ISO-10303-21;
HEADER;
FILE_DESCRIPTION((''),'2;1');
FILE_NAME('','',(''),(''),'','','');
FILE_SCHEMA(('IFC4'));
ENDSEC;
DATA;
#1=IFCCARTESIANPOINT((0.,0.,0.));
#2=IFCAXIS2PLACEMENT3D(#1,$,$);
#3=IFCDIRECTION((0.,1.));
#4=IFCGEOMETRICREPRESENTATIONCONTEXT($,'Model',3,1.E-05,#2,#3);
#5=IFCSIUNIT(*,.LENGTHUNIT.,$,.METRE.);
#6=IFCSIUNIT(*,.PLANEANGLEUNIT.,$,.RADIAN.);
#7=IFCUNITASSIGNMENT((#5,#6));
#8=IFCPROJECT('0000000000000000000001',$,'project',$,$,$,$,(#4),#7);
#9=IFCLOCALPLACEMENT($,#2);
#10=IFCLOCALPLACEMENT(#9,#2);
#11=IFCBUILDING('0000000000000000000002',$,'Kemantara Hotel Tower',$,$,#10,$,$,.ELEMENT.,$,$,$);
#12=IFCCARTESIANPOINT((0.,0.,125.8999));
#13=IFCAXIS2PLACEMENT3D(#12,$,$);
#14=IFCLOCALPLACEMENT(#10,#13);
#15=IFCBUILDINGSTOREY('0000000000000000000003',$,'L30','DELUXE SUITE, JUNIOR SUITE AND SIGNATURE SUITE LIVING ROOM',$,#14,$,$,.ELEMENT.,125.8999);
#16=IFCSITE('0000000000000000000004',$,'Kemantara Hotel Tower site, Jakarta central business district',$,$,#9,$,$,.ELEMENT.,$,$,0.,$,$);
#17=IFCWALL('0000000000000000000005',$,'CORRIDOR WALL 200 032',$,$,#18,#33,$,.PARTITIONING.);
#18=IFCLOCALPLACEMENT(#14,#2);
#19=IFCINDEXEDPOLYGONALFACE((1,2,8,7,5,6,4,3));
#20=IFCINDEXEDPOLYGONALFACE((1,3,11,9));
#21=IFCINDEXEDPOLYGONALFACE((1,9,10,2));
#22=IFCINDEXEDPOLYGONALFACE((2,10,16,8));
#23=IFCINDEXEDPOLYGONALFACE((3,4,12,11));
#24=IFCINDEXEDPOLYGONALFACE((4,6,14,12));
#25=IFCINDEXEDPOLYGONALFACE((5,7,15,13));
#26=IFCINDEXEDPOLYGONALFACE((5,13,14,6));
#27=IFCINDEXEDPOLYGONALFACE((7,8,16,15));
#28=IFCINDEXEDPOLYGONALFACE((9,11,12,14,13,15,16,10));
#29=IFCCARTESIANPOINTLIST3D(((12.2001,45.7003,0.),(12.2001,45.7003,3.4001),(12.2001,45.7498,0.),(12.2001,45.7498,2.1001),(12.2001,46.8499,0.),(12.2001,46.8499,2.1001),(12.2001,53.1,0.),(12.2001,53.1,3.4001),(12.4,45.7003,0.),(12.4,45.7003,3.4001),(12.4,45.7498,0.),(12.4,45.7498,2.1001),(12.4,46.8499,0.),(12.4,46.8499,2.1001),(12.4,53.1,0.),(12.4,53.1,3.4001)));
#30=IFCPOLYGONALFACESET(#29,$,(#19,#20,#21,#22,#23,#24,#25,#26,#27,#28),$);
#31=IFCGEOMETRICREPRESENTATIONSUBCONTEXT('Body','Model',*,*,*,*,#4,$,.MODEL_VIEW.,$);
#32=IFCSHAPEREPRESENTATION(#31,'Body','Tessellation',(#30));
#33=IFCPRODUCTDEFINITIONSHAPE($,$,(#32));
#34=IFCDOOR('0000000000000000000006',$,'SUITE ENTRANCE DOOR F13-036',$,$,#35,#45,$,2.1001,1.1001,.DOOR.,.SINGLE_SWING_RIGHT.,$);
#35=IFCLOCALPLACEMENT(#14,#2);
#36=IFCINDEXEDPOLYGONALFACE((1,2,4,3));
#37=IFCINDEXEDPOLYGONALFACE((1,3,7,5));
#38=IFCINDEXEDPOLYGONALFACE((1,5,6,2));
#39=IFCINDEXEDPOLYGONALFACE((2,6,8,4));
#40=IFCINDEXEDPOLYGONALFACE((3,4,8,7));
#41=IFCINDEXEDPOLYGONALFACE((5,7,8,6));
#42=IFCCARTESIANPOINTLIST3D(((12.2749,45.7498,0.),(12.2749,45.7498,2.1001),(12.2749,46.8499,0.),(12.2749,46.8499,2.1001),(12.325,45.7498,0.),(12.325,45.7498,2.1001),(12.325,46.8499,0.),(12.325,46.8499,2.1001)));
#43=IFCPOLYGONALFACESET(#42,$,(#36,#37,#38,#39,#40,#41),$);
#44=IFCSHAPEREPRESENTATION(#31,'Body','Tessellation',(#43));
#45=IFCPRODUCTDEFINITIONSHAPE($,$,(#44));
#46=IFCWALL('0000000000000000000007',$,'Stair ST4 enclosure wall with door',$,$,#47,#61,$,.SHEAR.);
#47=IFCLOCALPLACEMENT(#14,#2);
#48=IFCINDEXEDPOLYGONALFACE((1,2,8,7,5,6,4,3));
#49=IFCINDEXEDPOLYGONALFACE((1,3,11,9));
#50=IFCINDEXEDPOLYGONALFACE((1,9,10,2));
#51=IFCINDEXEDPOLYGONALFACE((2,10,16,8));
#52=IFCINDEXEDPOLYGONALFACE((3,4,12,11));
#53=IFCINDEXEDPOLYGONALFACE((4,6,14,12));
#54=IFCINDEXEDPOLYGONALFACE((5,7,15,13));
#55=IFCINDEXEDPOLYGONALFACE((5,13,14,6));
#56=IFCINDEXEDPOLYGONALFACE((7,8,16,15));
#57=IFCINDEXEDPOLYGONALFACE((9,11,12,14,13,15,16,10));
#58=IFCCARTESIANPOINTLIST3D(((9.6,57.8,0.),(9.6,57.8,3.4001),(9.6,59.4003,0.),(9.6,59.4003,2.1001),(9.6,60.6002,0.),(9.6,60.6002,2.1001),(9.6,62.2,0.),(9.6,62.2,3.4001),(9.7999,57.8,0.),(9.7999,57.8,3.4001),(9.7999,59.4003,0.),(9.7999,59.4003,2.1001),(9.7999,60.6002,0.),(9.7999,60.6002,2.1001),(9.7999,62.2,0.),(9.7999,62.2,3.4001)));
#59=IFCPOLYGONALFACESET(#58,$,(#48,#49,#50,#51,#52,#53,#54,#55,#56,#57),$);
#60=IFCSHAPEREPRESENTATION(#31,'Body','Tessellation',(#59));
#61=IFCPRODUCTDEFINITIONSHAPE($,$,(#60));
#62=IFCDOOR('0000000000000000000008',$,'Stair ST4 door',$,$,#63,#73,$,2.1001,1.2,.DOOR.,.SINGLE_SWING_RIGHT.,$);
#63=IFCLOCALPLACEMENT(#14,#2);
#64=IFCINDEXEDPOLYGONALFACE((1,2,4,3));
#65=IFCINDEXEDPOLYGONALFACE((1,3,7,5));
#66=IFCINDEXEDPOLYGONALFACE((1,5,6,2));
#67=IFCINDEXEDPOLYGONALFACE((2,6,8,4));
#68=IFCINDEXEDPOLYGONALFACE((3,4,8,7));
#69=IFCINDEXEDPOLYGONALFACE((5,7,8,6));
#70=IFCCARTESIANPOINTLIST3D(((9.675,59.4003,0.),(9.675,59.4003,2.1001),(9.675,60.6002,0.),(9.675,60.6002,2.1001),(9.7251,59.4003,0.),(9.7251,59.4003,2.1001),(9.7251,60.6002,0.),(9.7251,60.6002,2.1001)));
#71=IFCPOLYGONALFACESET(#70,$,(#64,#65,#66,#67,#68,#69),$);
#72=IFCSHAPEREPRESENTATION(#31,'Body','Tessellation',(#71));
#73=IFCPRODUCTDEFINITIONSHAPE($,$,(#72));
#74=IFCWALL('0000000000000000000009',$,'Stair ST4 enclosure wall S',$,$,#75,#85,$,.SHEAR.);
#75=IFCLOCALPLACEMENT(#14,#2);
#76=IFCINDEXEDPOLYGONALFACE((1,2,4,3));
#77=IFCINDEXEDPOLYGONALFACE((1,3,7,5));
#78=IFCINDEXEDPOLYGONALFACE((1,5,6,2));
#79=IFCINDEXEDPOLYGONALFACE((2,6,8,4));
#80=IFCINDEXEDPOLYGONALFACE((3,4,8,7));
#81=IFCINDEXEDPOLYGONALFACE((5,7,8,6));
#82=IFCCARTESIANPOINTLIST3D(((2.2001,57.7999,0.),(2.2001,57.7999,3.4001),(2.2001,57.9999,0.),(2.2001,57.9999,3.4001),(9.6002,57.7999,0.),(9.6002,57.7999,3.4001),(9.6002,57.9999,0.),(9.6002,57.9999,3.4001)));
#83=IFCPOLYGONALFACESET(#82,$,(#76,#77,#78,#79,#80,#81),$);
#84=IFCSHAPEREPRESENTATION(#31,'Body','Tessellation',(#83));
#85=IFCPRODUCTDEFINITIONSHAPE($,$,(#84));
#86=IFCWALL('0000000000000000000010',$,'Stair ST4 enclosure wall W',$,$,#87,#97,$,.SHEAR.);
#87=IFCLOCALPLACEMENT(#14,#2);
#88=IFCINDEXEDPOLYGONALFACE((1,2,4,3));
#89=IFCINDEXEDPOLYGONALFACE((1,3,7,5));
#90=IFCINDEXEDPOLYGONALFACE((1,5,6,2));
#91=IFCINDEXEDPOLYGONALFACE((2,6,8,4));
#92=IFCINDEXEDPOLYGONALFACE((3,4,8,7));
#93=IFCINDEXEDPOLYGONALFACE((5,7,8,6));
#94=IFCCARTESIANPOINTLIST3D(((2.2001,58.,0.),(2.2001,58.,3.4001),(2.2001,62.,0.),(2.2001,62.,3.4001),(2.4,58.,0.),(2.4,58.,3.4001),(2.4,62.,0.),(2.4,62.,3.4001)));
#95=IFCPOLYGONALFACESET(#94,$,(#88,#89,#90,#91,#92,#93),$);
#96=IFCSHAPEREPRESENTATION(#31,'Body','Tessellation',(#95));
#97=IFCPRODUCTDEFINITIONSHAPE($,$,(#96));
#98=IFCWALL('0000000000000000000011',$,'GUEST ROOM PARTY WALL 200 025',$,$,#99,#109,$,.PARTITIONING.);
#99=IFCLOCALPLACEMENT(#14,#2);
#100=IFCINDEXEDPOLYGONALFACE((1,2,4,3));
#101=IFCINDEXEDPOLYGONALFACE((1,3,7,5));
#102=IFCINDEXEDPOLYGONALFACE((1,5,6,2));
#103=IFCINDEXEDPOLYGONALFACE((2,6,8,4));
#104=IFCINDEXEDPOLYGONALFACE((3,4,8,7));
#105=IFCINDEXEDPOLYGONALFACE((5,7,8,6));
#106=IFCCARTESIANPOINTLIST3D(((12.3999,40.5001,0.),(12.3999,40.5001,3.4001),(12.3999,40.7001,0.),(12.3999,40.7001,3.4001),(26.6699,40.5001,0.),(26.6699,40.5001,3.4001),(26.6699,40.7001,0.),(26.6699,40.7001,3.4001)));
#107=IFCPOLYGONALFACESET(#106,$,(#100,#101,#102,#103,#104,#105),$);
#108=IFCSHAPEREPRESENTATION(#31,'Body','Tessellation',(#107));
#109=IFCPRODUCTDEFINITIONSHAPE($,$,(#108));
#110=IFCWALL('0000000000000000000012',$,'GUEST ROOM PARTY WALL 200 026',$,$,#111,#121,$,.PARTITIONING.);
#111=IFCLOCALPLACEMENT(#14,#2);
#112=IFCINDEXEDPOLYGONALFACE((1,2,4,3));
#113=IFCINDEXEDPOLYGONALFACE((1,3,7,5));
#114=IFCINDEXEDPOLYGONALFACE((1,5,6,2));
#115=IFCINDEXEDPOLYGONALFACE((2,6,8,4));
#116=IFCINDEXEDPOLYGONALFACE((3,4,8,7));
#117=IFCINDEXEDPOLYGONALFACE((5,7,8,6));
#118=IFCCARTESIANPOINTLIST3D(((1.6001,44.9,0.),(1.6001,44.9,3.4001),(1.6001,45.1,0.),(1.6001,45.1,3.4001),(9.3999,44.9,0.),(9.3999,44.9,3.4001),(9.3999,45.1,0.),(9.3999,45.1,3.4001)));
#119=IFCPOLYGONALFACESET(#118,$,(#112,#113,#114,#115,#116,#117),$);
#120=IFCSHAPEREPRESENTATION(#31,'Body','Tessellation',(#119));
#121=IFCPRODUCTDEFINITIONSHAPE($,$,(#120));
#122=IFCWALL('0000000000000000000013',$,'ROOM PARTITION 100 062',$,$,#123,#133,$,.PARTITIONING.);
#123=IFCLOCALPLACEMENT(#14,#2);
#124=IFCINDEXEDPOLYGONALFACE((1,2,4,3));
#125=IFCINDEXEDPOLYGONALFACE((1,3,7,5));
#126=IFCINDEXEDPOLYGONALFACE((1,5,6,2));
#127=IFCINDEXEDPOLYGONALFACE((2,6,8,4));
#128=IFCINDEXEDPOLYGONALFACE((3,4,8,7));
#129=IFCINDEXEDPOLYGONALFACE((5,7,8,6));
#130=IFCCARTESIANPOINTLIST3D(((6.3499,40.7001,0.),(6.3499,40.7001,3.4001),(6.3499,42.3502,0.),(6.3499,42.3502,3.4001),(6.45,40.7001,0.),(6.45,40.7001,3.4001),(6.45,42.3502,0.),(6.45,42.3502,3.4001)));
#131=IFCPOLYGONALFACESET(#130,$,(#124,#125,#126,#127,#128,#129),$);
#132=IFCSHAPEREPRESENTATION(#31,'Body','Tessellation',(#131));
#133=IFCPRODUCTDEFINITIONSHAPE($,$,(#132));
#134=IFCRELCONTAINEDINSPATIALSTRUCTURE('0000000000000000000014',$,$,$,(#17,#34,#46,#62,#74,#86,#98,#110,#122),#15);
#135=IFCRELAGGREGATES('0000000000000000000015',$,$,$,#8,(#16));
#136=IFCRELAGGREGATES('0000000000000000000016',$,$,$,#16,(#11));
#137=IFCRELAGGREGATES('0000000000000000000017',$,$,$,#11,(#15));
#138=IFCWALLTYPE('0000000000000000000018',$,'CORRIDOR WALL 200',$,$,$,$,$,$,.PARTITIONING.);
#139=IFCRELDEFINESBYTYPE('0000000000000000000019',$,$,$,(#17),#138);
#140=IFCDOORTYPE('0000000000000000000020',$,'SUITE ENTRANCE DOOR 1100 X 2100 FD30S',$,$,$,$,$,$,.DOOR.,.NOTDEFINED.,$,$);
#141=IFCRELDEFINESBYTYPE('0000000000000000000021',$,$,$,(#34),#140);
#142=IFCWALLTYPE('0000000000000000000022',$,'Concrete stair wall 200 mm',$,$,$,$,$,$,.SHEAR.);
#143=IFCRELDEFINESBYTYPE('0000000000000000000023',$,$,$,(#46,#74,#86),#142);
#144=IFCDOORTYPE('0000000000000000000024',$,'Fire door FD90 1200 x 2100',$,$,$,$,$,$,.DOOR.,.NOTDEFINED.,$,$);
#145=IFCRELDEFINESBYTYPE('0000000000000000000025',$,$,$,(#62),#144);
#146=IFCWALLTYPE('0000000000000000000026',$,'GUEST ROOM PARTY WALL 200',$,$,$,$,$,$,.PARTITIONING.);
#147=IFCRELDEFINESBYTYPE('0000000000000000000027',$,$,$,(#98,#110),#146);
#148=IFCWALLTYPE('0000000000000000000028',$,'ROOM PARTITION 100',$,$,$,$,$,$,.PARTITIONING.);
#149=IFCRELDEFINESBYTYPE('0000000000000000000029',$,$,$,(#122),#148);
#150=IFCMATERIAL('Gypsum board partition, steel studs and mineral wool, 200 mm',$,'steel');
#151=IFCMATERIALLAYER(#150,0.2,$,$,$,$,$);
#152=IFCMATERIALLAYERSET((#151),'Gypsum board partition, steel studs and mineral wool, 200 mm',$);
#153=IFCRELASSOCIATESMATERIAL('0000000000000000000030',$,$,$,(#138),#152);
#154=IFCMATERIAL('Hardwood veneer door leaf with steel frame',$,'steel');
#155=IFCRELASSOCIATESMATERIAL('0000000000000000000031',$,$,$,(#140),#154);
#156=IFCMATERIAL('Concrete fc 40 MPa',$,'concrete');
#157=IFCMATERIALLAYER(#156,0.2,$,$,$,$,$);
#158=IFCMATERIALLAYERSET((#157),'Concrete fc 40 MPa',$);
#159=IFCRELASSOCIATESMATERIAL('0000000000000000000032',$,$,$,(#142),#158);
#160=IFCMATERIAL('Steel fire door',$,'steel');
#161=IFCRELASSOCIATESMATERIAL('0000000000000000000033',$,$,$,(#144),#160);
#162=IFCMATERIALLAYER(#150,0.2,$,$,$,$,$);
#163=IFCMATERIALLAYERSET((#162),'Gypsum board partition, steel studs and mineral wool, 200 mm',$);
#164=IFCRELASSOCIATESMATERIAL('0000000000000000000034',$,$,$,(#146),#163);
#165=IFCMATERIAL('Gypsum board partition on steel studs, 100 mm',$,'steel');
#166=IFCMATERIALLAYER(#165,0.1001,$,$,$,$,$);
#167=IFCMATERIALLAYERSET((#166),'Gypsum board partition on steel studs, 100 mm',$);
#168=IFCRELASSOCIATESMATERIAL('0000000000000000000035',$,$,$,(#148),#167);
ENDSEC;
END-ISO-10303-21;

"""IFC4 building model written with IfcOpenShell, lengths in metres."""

from ifc_helpers import new_model, si_unit, direction, frame, frame_2d, origin, place, context, subcontext, project, spatial, rectangle, extrude, material, layer, layer_set, type_object, element, fill, save


model = new_model("IFC4")

# Units and contexts
model_context = context("Model", 3, precision=1e-05, world=origin(), true_north=direction((0.0, 1.0)))
body_context = subcontext(model_context, "Body", "Model", "MODEL_VIEW")
ifc_project = project(units=[si_unit("LENGTHUNIT", "METRE"), si_unit("PLANEANGLEUNIT", "RADIAN")], contexts=[model_context])

# Site, building, storey
site_placement = place(None, origin())
site = spatial("IfcSite", under=ifc_project, at=site_placement, Name="Kemantara Hotel Tower site, Jakarta central business district", CompositionType="ELEMENT", RefElevation=0.0)
building_placement = place(site_placement, origin())
building = spatial("IfcBuilding", under=site, at=building_placement, Name="Kemantara Hotel Tower", CompositionType="ELEMENT")
storey_placement = place(building_placement, frame((0.0, 0.0, 125.8999)))
storey = spatial("IfcBuildingStorey", under=building, at=storey_placement, Name="L30", Description="DELUXE SUITE, JUNIOR SUITE AND SIGNATURE SUITE LIVING ROOM", CompositionType="ELEMENT", Elevation=125.8999)

# Shared definitions
ifc_material_1 = material(Name="Gypsum board partition, steel studs and mineral wool, 200 mm", Category="steel")
ifc_layer_1 = layer(ifc_material_1, 0.2)
ifc_layer_set_1 = layer_set([ifc_layer_1], Name="Gypsum board partition, steel studs and mineral wool, 200 mm")
wall_type_1 = type_object("IfcWallType", Name="CORRIDOR WALL 200", PredefinedType="PARTITIONING", material=ifc_layer_set_1)

# Shared definitions
ifc_material_2 = material(Name="Hardwood veneer door leaf with steel frame", Category="steel")
door_type_1 = type_object("IfcDoorType", Name="SUITE ENTRANCE DOOR 1100 X 2100 FD30S", OperationType="NOTDEFINED", PredefinedType="DOOR", material=ifc_material_2)

# Walls, openings, doors
wall_1_placement = place(storey_placement, frame((12.3, 53.0999, 0.0), z_axis=(0.0, 0.0, 1.0), x_axis=(0.0, -1.0, 0.0)))
wall_1 = element("IfcWall", 1, at=wall_1_placement, inside=storey, type_object=wall_type_1, Name="CORRIDOR WALL 200 032", PredefinedType="PARTITIONING", context=body_context, shape_type="SweptSolid", body=[
    extrude(rectangle(XDim=7.3997, YDim=0.2, at=frame_2d((3.6997, 0.0))), origin(), (0.0, 0.0, 1.0), 3.4001),
])
opening_1_placement = place(wall_1_placement, frame((6.25, 0.0, 0.0)))
opening_1 = element("IfcOpeningElement", 2, at=opening_1_placement, cuts=wall_1, PredefinedType="OPENING", context=body_context, shape_type="SweptSolid", body=[
    extrude(rectangle(XDim=1.1001, YDim=2.1001, at=frame_2d((0.55, 1.05))), frame((0.0, 0.1099, 0.0), z_axis=(0.0, -1.0, 0.0), x_axis=(1.0, 0.0, 0.0)), (0.0, 0.0, 1.0), 0.22),
])
door_1_placement = place(opening_1_placement, origin())
door_1 = element("IfcDoor", 3, at=door_1_placement, inside=storey, type_object=door_type_1, Name="SUITE ENTRANCE DOOR F13-036", OperationType="SINGLE_SWING_RIGHT", OverallHeight=2.1001, OverallWidth=1.1001, PredefinedType="DOOR", context=body_context, shape_type="SweptSolid", body=[
    extrude(rectangle(XDim=1.1001, YDim=2.1001, at=frame_2d((0.55, 1.05))), frame((0.0, 0.0249, 0.0), z_axis=(0.0, -1.0, 0.0), x_axis=(1.0, 0.0, 0.0)), (0.0, 0.0, 1.0), 0.05),
])
fill(opening_1, door_1)
ifc_material_3 = material(Name="Concrete fc 40 MPa", Category="concrete")
ifc_layer_2 = layer(ifc_material_3, 0.2)
ifc_layer_set_2 = layer_set([ifc_layer_2], Name="Concrete fc 40 MPa")
wall_type_2 = type_object("IfcWallType", Name="Concrete stair wall 200 mm", PredefinedType="SHEAR", material=ifc_layer_set_2)
wall_2_placement = place(storey_placement, frame((9.7, 57.8, 0.0), z_axis=(0.0, 0.0, 1.0), x_axis=(0.0, 1.0, 0.0)))
wall_2 = element("IfcWall", 4, at=wall_2_placement, inside=storey, type_object=wall_type_2, Name="Stair ST4 enclosure wall with door", PredefinedType="SHEAR", context=body_context, shape_type="SweptSolid", body=[
    extrude(rectangle(XDim=4.3999, YDim=0.2, at=frame_2d((2.2, 0.0))), origin(), (0.0, 0.0, 1.0), 3.4001),
])
opening_2_placement = place(wall_2_placement, frame((1.6001, 0.0, 0.0)))
opening_2 = element("IfcOpeningElement", 5, at=opening_2_placement, cuts=wall_2, PredefinedType="OPENING", context=body_context, shape_type="SweptSolid", body=[
    extrude(rectangle(XDim=1.2, YDim=2.1001, at=frame_2d((0.6001, 1.05))), frame((0.0, 0.1099, 0.0), z_axis=(0.0, -1.0, 0.0), x_axis=(1.0, 0.0, 0.0)), (0.0, 0.0, 1.0), 0.22),
])
ifc_material_4 = material(Name="Steel fire door", Category="steel")
door_type_2 = type_object("IfcDoorType", Name="Fire door FD90 1200 x 2100", OperationType="NOTDEFINED", PredefinedType="DOOR", material=ifc_material_4)
door_2_placement = place(opening_2_placement, origin())
door_2 = element("IfcDoor", 6, at=door_2_placement, inside=storey, type_object=door_type_2, Name="Stair ST4 door", OperationType="SINGLE_SWING_RIGHT", OverallHeight=2.1001, OverallWidth=1.2, PredefinedType="DOOR", context=body_context, shape_type="SweptSolid", body=[
    extrude(rectangle(XDim=1.2, YDim=2.1001, at=frame_2d((0.6001, 1.05))), frame((0.0, 0.0249, 0.0), z_axis=(0.0, -1.0, 0.0), x_axis=(1.0, 0.0, 0.0)), (0.0, 0.0, 1.0), 0.05),
])
fill(opening_2, door_2)

# Walls
wall_3_placement = place(storey_placement, frame((2.2, 57.8999, 0.0), z_axis=(0.0, 0.0, 1.0), x_axis=(1.0, 0.0, 0.0)))
element("IfcWall", 7, at=wall_3_placement, inside=storey, type_object=wall_type_2, Name="Stair ST4 enclosure wall S", PredefinedType="SHEAR", context=body_context, shape_type="SweptSolid", body=[
    extrude(rectangle(XDim=7.4001, YDim=0.2, at=frame_2d((3.7002, 0.0))), origin(), (0.0, 0.0, 1.0), 3.4001),
])
wall_4_placement = place(storey_placement, frame((2.3, 58.0, 0.0), z_axis=(0.0, 0.0, 1.0), x_axis=(0.0, 1.0, 0.0)))
element("IfcWall", 8, at=wall_4_placement, inside=storey, type_object=wall_type_2, Name="Stair ST4 enclosure wall W", PredefinedType="SHEAR", context=body_context, shape_type="SweptSolid", body=[
    extrude(rectangle(XDim=4.0, YDim=0.2, at=frame_2d((2.0, 0.0))), origin(), (0.0, 0.0, 1.0), 3.4001),
])
ifc_layer_3 = layer(ifc_material_1, 0.2)
ifc_layer_set_3 = layer_set([ifc_layer_3], Name="Gypsum board partition, steel studs and mineral wool, 200 mm")
wall_type_3 = type_object("IfcWallType", Name="GUEST ROOM PARTY WALL 200", PredefinedType="PARTITIONING", material=ifc_layer_set_3)
wall_5_placement = place(storey_placement, frame((12.3999, 40.6001, 0.0), z_axis=(0.0, 0.0, 1.0), x_axis=(1.0, 0.0, 0.0)))
element("IfcWall", 9, at=wall_5_placement, inside=storey, type_object=wall_type_3, Name="GUEST ROOM PARTY WALL 200 025", PredefinedType="PARTITIONING", context=body_context, shape_type="SweptSolid", body=[
    extrude(rectangle(XDim=14.27, YDim=0.2, at=frame_2d((7.135, 0.0))), origin(), (0.0, 0.0, 1.0), 3.4001),
])
wall_6_placement = place(storey_placement, frame((1.6001, 45.0, 0.0), z_axis=(0.0, 0.0, 1.0), x_axis=(1.0, 0.0, 0.0)))
element("IfcWall", 10, at=wall_6_placement, inside=storey, type_object=wall_type_3, Name="GUEST ROOM PARTY WALL 200 026", PredefinedType="PARTITIONING", context=body_context, shape_type="SweptSolid", body=[
    extrude(rectangle(XDim=7.7998, YDim=0.2, at=frame_2d((3.8999, 0.0))), origin(), (0.0, 0.0, 1.0), 3.4001),
])
ifc_material_5 = material(Name="Gypsum board partition on steel studs, 100 mm", Category="steel")
ifc_layer_4 = layer(ifc_material_5, 0.1001)
ifc_layer_set_4 = layer_set([ifc_layer_4], Name="Gypsum board partition on steel studs, 100 mm")
wall_type_4 = type_object("IfcWallType", Name="ROOM PARTITION 100", PredefinedType="PARTITIONING", material=ifc_layer_set_4)
wall_7_placement = place(storey_placement, frame((6.3999, 40.7, 0.0), z_axis=(0.0, 0.0, 1.0), x_axis=(0.0, 1.0, 0.0)))
element("IfcWall", 11, at=wall_7_placement, inside=storey, type_object=wall_type_4, Name="ROOM PARTITION 100 062", PredefinedType="PARTITIONING", context=body_context, shape_type="SweptSolid", body=[
    extrude(rectangle(XDim=1.6501, YDim=0.1001, at=frame_2d((0.8252, 0.0))), origin(), (0.0, 0.0, 1.0), 3.4001),
])

save(model, "model.ifc")
